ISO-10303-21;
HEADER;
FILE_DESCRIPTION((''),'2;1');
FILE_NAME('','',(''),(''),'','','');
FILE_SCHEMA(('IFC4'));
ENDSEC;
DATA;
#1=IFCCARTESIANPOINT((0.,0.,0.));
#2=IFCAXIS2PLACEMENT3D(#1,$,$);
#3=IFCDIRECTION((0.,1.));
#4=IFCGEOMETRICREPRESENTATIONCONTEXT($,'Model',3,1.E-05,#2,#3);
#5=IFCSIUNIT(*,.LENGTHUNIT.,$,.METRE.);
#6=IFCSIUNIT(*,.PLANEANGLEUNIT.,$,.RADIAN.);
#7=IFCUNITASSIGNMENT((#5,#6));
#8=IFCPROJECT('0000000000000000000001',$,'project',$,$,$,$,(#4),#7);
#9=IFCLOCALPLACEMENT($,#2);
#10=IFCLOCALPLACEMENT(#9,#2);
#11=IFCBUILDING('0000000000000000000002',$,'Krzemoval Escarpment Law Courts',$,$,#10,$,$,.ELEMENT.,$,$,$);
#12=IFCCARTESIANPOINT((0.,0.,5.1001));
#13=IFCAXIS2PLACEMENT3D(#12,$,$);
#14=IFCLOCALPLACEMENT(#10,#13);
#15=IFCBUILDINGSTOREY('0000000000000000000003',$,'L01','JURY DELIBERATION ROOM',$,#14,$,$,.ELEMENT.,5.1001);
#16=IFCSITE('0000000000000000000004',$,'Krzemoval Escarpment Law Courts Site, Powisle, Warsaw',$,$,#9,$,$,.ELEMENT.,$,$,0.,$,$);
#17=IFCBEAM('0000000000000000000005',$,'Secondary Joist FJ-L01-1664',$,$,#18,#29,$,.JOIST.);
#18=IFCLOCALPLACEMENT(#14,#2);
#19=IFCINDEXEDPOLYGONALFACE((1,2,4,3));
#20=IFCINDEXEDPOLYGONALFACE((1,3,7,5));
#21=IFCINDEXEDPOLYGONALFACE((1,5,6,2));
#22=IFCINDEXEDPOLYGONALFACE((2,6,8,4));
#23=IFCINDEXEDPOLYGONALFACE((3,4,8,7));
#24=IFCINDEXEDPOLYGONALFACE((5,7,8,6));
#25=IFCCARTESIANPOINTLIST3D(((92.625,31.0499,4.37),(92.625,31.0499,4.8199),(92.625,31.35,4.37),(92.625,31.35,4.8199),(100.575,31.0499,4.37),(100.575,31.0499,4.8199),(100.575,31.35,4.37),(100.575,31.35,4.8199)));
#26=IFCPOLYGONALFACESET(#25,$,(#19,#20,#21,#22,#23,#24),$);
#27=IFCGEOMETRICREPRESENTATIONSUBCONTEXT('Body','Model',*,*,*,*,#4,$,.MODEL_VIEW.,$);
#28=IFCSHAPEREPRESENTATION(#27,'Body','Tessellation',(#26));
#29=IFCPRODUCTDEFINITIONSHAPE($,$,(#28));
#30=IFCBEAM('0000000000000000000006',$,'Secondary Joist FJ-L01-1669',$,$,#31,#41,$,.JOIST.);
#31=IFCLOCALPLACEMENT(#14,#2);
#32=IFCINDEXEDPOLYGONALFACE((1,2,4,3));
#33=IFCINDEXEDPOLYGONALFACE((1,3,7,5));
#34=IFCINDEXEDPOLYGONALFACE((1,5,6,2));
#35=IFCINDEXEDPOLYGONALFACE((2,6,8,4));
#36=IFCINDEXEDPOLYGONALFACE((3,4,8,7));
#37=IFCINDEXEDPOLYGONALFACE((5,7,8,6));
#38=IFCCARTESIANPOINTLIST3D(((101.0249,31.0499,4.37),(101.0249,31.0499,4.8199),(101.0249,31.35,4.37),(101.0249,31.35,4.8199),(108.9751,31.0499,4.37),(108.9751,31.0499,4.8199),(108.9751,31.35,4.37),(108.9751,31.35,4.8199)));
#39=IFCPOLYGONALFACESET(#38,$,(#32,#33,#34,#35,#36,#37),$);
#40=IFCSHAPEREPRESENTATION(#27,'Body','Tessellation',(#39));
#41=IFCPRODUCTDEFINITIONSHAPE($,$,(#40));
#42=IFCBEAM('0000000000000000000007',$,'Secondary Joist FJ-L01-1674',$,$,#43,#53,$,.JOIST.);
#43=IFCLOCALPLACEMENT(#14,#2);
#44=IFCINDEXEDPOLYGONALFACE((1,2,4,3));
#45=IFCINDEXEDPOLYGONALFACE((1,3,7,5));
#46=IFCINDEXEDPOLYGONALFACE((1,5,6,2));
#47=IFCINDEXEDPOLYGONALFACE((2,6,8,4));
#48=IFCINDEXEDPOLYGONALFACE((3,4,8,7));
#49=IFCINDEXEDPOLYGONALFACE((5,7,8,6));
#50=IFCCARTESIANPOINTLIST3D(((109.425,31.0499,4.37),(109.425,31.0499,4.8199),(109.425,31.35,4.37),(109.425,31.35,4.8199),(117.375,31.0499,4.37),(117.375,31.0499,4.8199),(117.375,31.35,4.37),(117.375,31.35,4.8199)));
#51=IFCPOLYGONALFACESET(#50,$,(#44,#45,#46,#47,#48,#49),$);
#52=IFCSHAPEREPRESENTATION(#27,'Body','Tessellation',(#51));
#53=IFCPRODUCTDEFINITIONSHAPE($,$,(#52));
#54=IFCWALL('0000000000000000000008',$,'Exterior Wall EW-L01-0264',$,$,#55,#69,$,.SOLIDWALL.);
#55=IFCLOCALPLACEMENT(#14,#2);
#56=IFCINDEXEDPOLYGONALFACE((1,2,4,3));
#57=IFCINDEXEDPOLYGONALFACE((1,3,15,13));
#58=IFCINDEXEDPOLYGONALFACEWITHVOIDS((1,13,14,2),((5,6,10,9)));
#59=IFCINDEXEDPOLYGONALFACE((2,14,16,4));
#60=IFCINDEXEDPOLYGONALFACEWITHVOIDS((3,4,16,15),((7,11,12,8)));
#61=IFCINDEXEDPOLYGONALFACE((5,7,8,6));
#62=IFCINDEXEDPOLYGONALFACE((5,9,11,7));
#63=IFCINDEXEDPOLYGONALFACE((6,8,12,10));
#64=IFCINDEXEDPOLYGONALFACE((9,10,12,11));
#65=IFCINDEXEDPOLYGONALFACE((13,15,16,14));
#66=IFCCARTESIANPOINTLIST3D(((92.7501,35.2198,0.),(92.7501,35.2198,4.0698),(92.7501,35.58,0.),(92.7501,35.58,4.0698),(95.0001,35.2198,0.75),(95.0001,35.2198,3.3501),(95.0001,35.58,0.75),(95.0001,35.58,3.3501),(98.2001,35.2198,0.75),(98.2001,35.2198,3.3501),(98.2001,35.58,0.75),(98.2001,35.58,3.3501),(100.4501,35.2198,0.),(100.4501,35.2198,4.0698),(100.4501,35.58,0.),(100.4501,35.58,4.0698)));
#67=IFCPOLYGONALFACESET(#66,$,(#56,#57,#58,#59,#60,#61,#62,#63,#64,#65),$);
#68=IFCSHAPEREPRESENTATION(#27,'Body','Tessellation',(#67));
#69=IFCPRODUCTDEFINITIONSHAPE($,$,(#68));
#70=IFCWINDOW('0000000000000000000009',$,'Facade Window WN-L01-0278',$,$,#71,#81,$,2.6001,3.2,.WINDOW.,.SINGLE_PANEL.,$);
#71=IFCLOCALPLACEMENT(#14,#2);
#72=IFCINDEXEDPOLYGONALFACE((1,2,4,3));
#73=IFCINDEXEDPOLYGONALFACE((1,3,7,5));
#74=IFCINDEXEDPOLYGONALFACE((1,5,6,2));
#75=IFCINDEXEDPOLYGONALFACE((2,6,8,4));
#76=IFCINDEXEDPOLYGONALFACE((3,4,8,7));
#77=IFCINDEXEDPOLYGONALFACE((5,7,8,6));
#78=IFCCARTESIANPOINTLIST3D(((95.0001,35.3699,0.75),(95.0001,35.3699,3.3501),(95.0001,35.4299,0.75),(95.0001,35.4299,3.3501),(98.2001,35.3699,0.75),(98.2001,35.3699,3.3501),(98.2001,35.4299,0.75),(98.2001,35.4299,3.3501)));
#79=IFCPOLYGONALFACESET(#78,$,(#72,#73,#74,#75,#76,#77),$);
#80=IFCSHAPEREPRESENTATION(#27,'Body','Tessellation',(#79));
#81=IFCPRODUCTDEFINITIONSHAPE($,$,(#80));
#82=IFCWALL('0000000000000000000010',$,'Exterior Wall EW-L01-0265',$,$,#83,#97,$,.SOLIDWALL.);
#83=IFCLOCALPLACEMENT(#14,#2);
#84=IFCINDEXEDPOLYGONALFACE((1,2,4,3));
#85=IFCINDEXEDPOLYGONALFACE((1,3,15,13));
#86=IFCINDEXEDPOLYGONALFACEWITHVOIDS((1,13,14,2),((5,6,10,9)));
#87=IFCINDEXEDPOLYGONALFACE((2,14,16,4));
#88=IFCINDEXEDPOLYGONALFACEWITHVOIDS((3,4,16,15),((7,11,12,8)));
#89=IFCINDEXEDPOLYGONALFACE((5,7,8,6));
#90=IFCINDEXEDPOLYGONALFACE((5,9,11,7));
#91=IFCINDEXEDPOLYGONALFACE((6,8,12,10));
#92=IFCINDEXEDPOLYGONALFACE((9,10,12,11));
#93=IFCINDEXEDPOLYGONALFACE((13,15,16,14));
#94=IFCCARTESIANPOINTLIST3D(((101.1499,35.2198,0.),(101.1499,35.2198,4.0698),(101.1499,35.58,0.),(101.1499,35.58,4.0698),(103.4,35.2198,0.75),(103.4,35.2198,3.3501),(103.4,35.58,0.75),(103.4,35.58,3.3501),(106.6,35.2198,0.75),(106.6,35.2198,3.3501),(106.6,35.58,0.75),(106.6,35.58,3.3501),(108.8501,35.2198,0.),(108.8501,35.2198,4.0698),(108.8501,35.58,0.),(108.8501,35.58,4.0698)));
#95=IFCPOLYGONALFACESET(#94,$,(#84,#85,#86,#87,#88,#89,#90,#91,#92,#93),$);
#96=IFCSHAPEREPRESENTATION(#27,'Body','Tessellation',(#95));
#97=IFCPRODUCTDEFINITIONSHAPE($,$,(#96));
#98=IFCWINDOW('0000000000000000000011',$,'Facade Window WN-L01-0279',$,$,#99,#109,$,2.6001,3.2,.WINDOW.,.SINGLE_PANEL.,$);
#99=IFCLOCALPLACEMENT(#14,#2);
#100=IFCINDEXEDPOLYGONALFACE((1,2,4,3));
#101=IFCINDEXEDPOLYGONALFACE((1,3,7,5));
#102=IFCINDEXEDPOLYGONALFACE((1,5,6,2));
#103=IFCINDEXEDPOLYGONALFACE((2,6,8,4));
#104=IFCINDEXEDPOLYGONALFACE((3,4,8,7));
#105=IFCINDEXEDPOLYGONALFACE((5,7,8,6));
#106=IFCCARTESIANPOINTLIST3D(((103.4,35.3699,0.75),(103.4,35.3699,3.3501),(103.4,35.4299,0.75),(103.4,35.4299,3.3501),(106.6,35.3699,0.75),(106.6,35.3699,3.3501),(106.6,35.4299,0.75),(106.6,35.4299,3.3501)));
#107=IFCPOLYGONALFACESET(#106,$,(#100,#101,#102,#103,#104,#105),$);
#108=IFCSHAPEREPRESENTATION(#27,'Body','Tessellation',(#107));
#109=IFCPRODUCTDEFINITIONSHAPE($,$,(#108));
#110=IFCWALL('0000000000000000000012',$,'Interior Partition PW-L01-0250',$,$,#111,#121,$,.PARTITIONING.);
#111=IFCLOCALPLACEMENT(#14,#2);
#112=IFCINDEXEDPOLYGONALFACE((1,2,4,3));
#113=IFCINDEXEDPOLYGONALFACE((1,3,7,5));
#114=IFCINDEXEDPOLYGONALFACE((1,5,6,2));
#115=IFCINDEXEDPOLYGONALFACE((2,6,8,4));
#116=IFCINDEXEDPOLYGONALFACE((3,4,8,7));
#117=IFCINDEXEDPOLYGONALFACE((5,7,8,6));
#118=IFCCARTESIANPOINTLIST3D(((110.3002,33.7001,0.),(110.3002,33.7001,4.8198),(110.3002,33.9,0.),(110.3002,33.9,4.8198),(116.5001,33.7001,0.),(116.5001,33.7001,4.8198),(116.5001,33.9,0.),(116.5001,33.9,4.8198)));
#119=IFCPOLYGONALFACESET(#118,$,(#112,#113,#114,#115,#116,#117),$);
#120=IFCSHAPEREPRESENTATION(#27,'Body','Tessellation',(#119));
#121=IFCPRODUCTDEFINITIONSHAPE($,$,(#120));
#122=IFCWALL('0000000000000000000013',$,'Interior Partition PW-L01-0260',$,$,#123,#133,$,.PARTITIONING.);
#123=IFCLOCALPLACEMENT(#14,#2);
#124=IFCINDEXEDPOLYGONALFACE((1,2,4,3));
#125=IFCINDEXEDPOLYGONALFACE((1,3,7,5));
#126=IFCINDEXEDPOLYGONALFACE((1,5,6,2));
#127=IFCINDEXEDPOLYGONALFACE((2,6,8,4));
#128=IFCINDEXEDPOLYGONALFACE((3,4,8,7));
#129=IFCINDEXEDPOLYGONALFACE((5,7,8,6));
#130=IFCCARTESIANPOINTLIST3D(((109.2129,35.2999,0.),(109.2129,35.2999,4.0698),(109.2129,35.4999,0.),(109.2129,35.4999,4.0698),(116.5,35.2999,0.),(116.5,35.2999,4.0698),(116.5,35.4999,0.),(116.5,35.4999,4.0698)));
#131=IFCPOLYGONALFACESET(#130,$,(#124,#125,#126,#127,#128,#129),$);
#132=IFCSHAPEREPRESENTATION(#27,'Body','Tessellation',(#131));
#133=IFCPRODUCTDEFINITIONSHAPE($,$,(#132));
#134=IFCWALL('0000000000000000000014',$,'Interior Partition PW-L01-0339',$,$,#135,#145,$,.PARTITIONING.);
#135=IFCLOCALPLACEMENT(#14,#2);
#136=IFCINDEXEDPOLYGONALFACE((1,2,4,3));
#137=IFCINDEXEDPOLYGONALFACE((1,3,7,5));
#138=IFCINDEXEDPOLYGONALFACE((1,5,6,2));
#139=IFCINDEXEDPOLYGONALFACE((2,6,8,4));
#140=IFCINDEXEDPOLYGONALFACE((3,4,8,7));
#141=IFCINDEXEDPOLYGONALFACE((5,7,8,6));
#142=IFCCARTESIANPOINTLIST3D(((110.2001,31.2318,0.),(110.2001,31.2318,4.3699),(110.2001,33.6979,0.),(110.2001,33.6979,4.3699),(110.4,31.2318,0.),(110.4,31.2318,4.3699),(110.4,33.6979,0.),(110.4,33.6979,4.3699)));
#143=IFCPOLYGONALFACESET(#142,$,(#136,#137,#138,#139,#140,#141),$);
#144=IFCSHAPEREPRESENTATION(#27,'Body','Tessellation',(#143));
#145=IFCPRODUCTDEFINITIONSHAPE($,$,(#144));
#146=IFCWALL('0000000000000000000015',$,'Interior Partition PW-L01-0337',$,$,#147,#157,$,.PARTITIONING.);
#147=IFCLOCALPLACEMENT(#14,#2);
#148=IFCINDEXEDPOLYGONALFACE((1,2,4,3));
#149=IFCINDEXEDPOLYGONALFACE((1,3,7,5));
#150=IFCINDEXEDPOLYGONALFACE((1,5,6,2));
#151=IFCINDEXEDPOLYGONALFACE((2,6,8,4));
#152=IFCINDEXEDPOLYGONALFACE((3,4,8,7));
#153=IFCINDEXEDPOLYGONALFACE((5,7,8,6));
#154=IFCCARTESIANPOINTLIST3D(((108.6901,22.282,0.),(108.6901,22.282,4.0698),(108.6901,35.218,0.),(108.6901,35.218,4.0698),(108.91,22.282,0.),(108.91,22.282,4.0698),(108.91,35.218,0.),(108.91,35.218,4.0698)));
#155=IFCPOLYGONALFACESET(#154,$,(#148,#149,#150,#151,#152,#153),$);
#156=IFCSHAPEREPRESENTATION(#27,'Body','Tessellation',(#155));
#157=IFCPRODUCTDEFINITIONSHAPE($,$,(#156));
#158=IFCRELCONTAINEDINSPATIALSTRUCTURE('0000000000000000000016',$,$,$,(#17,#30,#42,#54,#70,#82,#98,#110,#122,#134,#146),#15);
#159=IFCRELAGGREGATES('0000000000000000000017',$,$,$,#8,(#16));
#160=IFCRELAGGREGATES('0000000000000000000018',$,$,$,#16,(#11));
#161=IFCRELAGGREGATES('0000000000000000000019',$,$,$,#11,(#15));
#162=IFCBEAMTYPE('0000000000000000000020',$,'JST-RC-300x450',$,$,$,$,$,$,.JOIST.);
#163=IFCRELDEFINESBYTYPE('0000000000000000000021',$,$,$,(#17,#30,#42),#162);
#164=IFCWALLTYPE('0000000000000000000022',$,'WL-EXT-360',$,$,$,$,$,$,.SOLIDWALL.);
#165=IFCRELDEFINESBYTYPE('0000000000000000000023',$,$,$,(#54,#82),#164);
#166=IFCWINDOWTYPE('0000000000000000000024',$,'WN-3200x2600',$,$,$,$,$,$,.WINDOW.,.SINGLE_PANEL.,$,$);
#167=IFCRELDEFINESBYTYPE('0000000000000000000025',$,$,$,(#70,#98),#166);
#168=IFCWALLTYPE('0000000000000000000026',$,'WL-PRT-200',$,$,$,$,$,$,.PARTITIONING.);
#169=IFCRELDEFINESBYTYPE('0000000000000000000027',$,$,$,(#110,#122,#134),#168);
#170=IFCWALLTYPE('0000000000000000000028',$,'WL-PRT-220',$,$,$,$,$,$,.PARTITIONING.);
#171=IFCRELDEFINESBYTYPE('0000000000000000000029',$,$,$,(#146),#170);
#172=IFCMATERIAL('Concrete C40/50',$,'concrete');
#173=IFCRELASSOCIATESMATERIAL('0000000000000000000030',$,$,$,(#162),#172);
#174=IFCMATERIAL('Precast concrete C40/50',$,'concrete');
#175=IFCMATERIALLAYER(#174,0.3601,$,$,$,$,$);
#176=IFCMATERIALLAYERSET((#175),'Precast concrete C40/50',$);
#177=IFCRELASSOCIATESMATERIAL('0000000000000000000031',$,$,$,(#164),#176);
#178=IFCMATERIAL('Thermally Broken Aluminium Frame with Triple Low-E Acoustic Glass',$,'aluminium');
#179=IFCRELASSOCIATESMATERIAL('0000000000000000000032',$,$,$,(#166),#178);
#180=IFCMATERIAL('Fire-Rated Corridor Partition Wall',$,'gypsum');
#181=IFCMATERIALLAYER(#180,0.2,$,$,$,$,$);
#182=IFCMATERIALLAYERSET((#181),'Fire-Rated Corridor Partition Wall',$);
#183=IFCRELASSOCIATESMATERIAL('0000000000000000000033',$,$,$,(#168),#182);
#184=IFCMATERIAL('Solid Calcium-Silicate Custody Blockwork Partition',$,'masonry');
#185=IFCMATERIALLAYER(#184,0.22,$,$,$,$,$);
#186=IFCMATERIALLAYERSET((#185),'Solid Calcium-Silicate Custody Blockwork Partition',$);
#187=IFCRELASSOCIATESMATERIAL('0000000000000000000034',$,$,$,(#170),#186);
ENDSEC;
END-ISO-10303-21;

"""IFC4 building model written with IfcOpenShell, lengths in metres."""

from ifc_helpers import new_model, si_unit, direction, frame, frame_2d, origin, origin_2d, place, context, subcontext, project, spatial, rectangle, extrude, material, layer, layer_set, material_profile, profile_set, type_object, element, fill, save


model = new_model("IFC4")

# Units and contexts
model_context = context("Model", 3, precision=1e-05, world=origin(), true_north=direction((0.0, 1.0)))
body_context = subcontext(model_context, "Body", "Model", "MODEL_VIEW")
ifc_project = project(units=[si_unit("LENGTHUNIT", "METRE"), si_unit("PLANEANGLEUNIT", "RADIAN")], contexts=[model_context])

# Site, building, storey
site_placement = place(None, origin())
site = spatial("IfcSite", under=ifc_project, at=site_placement, Name="Krzemoval Escarpment Law Courts Site, Powisle, Warsaw", CompositionType="ELEMENT", RefElevation=0.0)
building_placement = place(site_placement, origin())
building = spatial("IfcBuilding", under=site, at=building_placement, Name="Krzemoval Escarpment Law Courts", CompositionType="ELEMENT")
storey_placement = place(building_placement, frame((0.0, 0.0, 5.1001)))
storey = spatial("IfcBuildingStorey", under=building, at=storey_placement, Name="L01", Description="JURY DELIBERATION ROOM", CompositionType="ELEMENT", Elevation=5.1001)

# Beams
ifc_material_1 = material(Name="Concrete C40/50", Category="concrete")
ifc_material_profile_1 = material_profile(ifc_material_1, rectangle(XDim=0.3, YDim=0.45, at=origin_2d()), Name="RCB 300x450")
ifc_profile_set_1 = profile_set([ifc_material_profile_1], Name="Concrete C40/50")
beam_type_1 = type_object("IfcBeamType", Name="JST-RC-300x450", PredefinedType="JOIST", material=ifc_profile_set_1)
beam_1_placement = place(storey_placement, frame((92.625, 31.2, 4.595), z_axis=(1.0, 0.0, 0.0), x_axis=(0.0, 1.0, 0.0)))
element("IfcBeam", 1, at=beam_1_placement, inside=storey, type_object=beam_type_1, Name="Secondary Joist FJ-L01-1664", PredefinedType="JOIST", context=body_context, shape_type="SweptSolid", body=[
    extrude(rectangle(XDim=0.3, YDim=0.45, at=origin_2d()), origin(), (0.0, 0.0, 1.0), 7.95),
])
beam_2_placement = place(storey_placement, frame((101.0249, 31.2, 4.595), z_axis=(1.0, 0.0, 0.0), x_axis=(0.0, 1.0, 0.0)))
element("IfcBeam", 2, at=beam_2_placement, inside=storey, type_object=beam_type_1, Name="Secondary Joist FJ-L01-1669", PredefinedType="JOIST", context=body_context, shape_type="SweptSolid", body=[
    extrude(rectangle(XDim=0.3, YDim=0.45, at=origin_2d()), origin(), (0.0, 0.0, 1.0), 7.9502),
])
beam_3_placement = place(storey_placement, frame((109.425, 31.2, 4.595), z_axis=(1.0, 0.0, 0.0), x_axis=(0.0, 1.0, 0.0)))
element("IfcBeam", 3, at=beam_3_placement, inside=storey, type_object=beam_type_1, Name="Secondary Joist FJ-L01-1674", PredefinedType="JOIST", context=body_context, shape_type="SweptSolid", body=[
    extrude(rectangle(XDim=0.3, YDim=0.45, at=origin_2d()), origin(), (0.0, 0.0, 1.0), 7.95),
])

# Walls, openings, windows
ifc_material_2 = material(Name="Precast concrete C40/50", Category="concrete")
ifc_layer_1 = layer(ifc_material_2, 0.3601)
ifc_layer_set_1 = layer_set([ifc_layer_1], Name="Precast concrete C40/50")
wall_type_1 = type_object("IfcWallType", Name="WL-EXT-360", PredefinedType="SOLIDWALL", material=ifc_layer_set_1)
wall_1_placement = place(storey_placement, frame((92.75, 35.3999, 0.0), z_axis=(0.0, 0.0, 1.0), x_axis=(1.0, 0.0, 0.0)))
wall_1 = element("IfcWall", 4, at=wall_1_placement, inside=storey, type_object=wall_type_1, Name="Exterior Wall EW-L01-0264", PredefinedType="SOLIDWALL", context=body_context, shape_type="SweptSolid", body=[
    extrude(rectangle(XDim=7.7, YDim=0.3601, at=frame_2d((3.8501, 0.0))), origin(), (0.0, 0.0, 1.0), 4.0698),
])
opening_1_placement = place(wall_1_placement, frame((2.25, 0.0, 0.75)))
opening_1 = element("IfcOpeningElement", 5, at=opening_1_placement, cuts=wall_1, PredefinedType="OPENING", context=body_context, shape_type="SweptSolid", body=[
    extrude(rectangle(XDim=3.2, YDim=2.6001, at=frame_2d((1.6001, 1.3))), frame((0.0, 0.1951, 0.0), z_axis=(0.0, -1.0, 0.0), x_axis=(1.0, 0.0, 0.0)), (0.0, 0.0, 1.0), 0.3901),
])
ifc_material_3 = material(Name="Thermally Broken Aluminium Frame with Triple Low-E Acoustic Glass", Category="aluminium")
window_type = type_object("IfcWindowType", Name="WN-3200x2600", PartitioningType="SINGLE_PANEL", PredefinedType="WINDOW", material=ifc_material_3)
window_1_placement = place(opening_1_placement, origin())
window_1 = element("IfcWindow", 6, at=window_1_placement, inside=storey, type_object=window_type, Name="Facade Window WN-L01-0278", OverallHeight=2.6001, OverallWidth=3.2, PartitioningType="SINGLE_PANEL", PredefinedType="WINDOW", context=body_context, shape_type="SweptSolid", body=[
    extrude(rectangle(XDim=3.2, YDim=2.6001, at=frame_2d((1.6001, 1.3))), frame((0.0, 0.03, 0.0), z_axis=(0.0, -1.0, 0.0), x_axis=(1.0, 0.0, 0.0)), (0.0, 0.0, 1.0), 0.0601),
])
fill(opening_1, window_1)
wall_2_placement = place(storey_placement, frame((101.1499, 35.3999, 0.0), z_axis=(0.0, 0.0, 1.0), x_axis=(1.0, 0.0, 0.0)))
wall_2 = element("IfcWall", 7, at=wall_2_placement, inside=storey, type_object=wall_type_1, Name="Exterior Wall EW-L01-0265", PredefinedType="SOLIDWALL", context=body_context, shape_type="SweptSolid", body=[
    extrude(rectangle(XDim=7.7002, YDim=0.3601, at=frame_2d((3.8501, 0.0))), origin(), (0.0, 0.0, 1.0), 4.0698),
])
opening_2_placement = place(wall_2_placement, frame((2.25, 0.0, 0.75)))
opening_2 = element("IfcOpeningElement", 8, at=opening_2_placement, cuts=wall_2, PredefinedType="OPENING", context=body_context, shape_type="SweptSolid", body=[
    extrude(rectangle(XDim=3.2, YDim=2.6001, at=frame_2d((1.6001, 1.3))), frame((0.0, 0.1951, 0.0), z_axis=(0.0, -1.0, 0.0), x_axis=(1.0, 0.0, 0.0)), (0.0, 0.0, 1.0), 0.3901),
])
window_2_placement = place(opening_2_placement, origin())
window_2 = element("IfcWindow", 9, at=window_2_placement, inside=storey, type_object=window_type, Name="Facade Window WN-L01-0279", OverallHeight=2.6001, OverallWidth=3.2, PartitioningType="SINGLE_PANEL", PredefinedType="WINDOW", context=body_context, shape_type="SweptSolid", body=[
    extrude(rectangle(XDim=3.2, YDim=2.6001, at=frame_2d((1.6001, 1.3))), frame((0.0, 0.03, 0.0), z_axis=(0.0, -1.0, 0.0), x_axis=(1.0, 0.0, 0.0)), (0.0, 0.0, 1.0), 0.0601),
])
fill(opening_2, window_2)

# Walls
ifc_material_4 = material(Name="Fire-Rated Corridor Partition Wall", Category="gypsum")
ifc_layer_2 = layer(ifc_material_4, 0.2)
ifc_layer_set_2 = layer_set([ifc_layer_2], Name="Fire-Rated Corridor Partition Wall")
wall_type_2 = type_object("IfcWallType", Name="WL-PRT-200", PredefinedType="PARTITIONING", material=ifc_layer_set_2)
wall_3_placement = place(storey_placement, frame((110.3, 33.8, 0.0), z_axis=(0.0, 0.0, 1.0), x_axis=(1.0, 0.0, 0.0)))
element("IfcWall", 10, at=wall_3_placement, inside=storey, type_object=wall_type_2, Name="Interior Partition PW-L01-0250", PredefinedType="PARTITIONING", context=body_context, shape_type="SweptSolid", body=[
    extrude(rectangle(XDim=6.2, YDim=0.2, at=frame_2d((3.1001, 0.0))), origin(), (0.0, 0.0, 1.0), 4.8198),
])
wall_4_placement = place(storey_placement, frame((109.2129, 35.3999, 0.0), z_axis=(0.0, 0.0, 1.0), x_axis=(1.0, 0.0, 0.0)))
element("IfcWall", 11, at=wall_4_placement, inside=storey, type_object=wall_type_2, Name="Interior Partition PW-L01-0260", PredefinedType="PARTITIONING", context=body_context, shape_type="SweptSolid", body=[
    extrude(rectangle(XDim=7.2871, YDim=0.2, at=frame_2d((3.6436, 0.0))), origin(), (0.0, 0.0, 1.0), 4.0698),
])
wall_5_placement = place(storey_placement, frame((110.3, 31.2319, 0.0), z_axis=(0.0, 0.0, 1.0), x_axis=(0.0, 1.0, 0.0)))
element("IfcWall", 12, at=wall_5_placement, inside=storey, type_object=wall_type_2, Name="Interior Partition PW-L01-0339", PredefinedType="PARTITIONING", context=body_context, shape_type="SweptSolid", body=[
    extrude(rectangle(XDim=2.4661, YDim=0.2, at=frame_2d((1.2329, 0.0))), origin(), (0.0, 0.0, 1.0), 4.3699),
])
ifc_material_5 = material(Name="Solid Calcium-Silicate Custody Blockwork Partition", Category="masonry")
ifc_layer_3 = layer(ifc_material_5, 0.22)
ifc_layer_set_3 = layer_set([ifc_layer_3], Name="Solid Calcium-Silicate Custody Blockwork Partition")
wall_type_3 = type_object("IfcWallType", Name="WL-PRT-220", PredefinedType="PARTITIONING", material=ifc_layer_set_3)
wall_6_placement = place(storey_placement, frame((108.8, 22.282, 0.0), z_axis=(0.0, 0.0, 1.0), x_axis=(0.0, 1.0, 0.0)))
element("IfcWall", 13, at=wall_6_placement, inside=storey, type_object=wall_type_3, Name="Interior Partition PW-L01-0337", PredefinedType="PARTITIONING", context=body_context, shape_type="SweptSolid", body=[
    extrude(rectangle(XDim=12.936, YDim=0.22, at=frame_2d((6.468, 0.0))), origin(), (0.0, 0.0, 1.0), 4.0698),
])

save(model, "model.ifc")
